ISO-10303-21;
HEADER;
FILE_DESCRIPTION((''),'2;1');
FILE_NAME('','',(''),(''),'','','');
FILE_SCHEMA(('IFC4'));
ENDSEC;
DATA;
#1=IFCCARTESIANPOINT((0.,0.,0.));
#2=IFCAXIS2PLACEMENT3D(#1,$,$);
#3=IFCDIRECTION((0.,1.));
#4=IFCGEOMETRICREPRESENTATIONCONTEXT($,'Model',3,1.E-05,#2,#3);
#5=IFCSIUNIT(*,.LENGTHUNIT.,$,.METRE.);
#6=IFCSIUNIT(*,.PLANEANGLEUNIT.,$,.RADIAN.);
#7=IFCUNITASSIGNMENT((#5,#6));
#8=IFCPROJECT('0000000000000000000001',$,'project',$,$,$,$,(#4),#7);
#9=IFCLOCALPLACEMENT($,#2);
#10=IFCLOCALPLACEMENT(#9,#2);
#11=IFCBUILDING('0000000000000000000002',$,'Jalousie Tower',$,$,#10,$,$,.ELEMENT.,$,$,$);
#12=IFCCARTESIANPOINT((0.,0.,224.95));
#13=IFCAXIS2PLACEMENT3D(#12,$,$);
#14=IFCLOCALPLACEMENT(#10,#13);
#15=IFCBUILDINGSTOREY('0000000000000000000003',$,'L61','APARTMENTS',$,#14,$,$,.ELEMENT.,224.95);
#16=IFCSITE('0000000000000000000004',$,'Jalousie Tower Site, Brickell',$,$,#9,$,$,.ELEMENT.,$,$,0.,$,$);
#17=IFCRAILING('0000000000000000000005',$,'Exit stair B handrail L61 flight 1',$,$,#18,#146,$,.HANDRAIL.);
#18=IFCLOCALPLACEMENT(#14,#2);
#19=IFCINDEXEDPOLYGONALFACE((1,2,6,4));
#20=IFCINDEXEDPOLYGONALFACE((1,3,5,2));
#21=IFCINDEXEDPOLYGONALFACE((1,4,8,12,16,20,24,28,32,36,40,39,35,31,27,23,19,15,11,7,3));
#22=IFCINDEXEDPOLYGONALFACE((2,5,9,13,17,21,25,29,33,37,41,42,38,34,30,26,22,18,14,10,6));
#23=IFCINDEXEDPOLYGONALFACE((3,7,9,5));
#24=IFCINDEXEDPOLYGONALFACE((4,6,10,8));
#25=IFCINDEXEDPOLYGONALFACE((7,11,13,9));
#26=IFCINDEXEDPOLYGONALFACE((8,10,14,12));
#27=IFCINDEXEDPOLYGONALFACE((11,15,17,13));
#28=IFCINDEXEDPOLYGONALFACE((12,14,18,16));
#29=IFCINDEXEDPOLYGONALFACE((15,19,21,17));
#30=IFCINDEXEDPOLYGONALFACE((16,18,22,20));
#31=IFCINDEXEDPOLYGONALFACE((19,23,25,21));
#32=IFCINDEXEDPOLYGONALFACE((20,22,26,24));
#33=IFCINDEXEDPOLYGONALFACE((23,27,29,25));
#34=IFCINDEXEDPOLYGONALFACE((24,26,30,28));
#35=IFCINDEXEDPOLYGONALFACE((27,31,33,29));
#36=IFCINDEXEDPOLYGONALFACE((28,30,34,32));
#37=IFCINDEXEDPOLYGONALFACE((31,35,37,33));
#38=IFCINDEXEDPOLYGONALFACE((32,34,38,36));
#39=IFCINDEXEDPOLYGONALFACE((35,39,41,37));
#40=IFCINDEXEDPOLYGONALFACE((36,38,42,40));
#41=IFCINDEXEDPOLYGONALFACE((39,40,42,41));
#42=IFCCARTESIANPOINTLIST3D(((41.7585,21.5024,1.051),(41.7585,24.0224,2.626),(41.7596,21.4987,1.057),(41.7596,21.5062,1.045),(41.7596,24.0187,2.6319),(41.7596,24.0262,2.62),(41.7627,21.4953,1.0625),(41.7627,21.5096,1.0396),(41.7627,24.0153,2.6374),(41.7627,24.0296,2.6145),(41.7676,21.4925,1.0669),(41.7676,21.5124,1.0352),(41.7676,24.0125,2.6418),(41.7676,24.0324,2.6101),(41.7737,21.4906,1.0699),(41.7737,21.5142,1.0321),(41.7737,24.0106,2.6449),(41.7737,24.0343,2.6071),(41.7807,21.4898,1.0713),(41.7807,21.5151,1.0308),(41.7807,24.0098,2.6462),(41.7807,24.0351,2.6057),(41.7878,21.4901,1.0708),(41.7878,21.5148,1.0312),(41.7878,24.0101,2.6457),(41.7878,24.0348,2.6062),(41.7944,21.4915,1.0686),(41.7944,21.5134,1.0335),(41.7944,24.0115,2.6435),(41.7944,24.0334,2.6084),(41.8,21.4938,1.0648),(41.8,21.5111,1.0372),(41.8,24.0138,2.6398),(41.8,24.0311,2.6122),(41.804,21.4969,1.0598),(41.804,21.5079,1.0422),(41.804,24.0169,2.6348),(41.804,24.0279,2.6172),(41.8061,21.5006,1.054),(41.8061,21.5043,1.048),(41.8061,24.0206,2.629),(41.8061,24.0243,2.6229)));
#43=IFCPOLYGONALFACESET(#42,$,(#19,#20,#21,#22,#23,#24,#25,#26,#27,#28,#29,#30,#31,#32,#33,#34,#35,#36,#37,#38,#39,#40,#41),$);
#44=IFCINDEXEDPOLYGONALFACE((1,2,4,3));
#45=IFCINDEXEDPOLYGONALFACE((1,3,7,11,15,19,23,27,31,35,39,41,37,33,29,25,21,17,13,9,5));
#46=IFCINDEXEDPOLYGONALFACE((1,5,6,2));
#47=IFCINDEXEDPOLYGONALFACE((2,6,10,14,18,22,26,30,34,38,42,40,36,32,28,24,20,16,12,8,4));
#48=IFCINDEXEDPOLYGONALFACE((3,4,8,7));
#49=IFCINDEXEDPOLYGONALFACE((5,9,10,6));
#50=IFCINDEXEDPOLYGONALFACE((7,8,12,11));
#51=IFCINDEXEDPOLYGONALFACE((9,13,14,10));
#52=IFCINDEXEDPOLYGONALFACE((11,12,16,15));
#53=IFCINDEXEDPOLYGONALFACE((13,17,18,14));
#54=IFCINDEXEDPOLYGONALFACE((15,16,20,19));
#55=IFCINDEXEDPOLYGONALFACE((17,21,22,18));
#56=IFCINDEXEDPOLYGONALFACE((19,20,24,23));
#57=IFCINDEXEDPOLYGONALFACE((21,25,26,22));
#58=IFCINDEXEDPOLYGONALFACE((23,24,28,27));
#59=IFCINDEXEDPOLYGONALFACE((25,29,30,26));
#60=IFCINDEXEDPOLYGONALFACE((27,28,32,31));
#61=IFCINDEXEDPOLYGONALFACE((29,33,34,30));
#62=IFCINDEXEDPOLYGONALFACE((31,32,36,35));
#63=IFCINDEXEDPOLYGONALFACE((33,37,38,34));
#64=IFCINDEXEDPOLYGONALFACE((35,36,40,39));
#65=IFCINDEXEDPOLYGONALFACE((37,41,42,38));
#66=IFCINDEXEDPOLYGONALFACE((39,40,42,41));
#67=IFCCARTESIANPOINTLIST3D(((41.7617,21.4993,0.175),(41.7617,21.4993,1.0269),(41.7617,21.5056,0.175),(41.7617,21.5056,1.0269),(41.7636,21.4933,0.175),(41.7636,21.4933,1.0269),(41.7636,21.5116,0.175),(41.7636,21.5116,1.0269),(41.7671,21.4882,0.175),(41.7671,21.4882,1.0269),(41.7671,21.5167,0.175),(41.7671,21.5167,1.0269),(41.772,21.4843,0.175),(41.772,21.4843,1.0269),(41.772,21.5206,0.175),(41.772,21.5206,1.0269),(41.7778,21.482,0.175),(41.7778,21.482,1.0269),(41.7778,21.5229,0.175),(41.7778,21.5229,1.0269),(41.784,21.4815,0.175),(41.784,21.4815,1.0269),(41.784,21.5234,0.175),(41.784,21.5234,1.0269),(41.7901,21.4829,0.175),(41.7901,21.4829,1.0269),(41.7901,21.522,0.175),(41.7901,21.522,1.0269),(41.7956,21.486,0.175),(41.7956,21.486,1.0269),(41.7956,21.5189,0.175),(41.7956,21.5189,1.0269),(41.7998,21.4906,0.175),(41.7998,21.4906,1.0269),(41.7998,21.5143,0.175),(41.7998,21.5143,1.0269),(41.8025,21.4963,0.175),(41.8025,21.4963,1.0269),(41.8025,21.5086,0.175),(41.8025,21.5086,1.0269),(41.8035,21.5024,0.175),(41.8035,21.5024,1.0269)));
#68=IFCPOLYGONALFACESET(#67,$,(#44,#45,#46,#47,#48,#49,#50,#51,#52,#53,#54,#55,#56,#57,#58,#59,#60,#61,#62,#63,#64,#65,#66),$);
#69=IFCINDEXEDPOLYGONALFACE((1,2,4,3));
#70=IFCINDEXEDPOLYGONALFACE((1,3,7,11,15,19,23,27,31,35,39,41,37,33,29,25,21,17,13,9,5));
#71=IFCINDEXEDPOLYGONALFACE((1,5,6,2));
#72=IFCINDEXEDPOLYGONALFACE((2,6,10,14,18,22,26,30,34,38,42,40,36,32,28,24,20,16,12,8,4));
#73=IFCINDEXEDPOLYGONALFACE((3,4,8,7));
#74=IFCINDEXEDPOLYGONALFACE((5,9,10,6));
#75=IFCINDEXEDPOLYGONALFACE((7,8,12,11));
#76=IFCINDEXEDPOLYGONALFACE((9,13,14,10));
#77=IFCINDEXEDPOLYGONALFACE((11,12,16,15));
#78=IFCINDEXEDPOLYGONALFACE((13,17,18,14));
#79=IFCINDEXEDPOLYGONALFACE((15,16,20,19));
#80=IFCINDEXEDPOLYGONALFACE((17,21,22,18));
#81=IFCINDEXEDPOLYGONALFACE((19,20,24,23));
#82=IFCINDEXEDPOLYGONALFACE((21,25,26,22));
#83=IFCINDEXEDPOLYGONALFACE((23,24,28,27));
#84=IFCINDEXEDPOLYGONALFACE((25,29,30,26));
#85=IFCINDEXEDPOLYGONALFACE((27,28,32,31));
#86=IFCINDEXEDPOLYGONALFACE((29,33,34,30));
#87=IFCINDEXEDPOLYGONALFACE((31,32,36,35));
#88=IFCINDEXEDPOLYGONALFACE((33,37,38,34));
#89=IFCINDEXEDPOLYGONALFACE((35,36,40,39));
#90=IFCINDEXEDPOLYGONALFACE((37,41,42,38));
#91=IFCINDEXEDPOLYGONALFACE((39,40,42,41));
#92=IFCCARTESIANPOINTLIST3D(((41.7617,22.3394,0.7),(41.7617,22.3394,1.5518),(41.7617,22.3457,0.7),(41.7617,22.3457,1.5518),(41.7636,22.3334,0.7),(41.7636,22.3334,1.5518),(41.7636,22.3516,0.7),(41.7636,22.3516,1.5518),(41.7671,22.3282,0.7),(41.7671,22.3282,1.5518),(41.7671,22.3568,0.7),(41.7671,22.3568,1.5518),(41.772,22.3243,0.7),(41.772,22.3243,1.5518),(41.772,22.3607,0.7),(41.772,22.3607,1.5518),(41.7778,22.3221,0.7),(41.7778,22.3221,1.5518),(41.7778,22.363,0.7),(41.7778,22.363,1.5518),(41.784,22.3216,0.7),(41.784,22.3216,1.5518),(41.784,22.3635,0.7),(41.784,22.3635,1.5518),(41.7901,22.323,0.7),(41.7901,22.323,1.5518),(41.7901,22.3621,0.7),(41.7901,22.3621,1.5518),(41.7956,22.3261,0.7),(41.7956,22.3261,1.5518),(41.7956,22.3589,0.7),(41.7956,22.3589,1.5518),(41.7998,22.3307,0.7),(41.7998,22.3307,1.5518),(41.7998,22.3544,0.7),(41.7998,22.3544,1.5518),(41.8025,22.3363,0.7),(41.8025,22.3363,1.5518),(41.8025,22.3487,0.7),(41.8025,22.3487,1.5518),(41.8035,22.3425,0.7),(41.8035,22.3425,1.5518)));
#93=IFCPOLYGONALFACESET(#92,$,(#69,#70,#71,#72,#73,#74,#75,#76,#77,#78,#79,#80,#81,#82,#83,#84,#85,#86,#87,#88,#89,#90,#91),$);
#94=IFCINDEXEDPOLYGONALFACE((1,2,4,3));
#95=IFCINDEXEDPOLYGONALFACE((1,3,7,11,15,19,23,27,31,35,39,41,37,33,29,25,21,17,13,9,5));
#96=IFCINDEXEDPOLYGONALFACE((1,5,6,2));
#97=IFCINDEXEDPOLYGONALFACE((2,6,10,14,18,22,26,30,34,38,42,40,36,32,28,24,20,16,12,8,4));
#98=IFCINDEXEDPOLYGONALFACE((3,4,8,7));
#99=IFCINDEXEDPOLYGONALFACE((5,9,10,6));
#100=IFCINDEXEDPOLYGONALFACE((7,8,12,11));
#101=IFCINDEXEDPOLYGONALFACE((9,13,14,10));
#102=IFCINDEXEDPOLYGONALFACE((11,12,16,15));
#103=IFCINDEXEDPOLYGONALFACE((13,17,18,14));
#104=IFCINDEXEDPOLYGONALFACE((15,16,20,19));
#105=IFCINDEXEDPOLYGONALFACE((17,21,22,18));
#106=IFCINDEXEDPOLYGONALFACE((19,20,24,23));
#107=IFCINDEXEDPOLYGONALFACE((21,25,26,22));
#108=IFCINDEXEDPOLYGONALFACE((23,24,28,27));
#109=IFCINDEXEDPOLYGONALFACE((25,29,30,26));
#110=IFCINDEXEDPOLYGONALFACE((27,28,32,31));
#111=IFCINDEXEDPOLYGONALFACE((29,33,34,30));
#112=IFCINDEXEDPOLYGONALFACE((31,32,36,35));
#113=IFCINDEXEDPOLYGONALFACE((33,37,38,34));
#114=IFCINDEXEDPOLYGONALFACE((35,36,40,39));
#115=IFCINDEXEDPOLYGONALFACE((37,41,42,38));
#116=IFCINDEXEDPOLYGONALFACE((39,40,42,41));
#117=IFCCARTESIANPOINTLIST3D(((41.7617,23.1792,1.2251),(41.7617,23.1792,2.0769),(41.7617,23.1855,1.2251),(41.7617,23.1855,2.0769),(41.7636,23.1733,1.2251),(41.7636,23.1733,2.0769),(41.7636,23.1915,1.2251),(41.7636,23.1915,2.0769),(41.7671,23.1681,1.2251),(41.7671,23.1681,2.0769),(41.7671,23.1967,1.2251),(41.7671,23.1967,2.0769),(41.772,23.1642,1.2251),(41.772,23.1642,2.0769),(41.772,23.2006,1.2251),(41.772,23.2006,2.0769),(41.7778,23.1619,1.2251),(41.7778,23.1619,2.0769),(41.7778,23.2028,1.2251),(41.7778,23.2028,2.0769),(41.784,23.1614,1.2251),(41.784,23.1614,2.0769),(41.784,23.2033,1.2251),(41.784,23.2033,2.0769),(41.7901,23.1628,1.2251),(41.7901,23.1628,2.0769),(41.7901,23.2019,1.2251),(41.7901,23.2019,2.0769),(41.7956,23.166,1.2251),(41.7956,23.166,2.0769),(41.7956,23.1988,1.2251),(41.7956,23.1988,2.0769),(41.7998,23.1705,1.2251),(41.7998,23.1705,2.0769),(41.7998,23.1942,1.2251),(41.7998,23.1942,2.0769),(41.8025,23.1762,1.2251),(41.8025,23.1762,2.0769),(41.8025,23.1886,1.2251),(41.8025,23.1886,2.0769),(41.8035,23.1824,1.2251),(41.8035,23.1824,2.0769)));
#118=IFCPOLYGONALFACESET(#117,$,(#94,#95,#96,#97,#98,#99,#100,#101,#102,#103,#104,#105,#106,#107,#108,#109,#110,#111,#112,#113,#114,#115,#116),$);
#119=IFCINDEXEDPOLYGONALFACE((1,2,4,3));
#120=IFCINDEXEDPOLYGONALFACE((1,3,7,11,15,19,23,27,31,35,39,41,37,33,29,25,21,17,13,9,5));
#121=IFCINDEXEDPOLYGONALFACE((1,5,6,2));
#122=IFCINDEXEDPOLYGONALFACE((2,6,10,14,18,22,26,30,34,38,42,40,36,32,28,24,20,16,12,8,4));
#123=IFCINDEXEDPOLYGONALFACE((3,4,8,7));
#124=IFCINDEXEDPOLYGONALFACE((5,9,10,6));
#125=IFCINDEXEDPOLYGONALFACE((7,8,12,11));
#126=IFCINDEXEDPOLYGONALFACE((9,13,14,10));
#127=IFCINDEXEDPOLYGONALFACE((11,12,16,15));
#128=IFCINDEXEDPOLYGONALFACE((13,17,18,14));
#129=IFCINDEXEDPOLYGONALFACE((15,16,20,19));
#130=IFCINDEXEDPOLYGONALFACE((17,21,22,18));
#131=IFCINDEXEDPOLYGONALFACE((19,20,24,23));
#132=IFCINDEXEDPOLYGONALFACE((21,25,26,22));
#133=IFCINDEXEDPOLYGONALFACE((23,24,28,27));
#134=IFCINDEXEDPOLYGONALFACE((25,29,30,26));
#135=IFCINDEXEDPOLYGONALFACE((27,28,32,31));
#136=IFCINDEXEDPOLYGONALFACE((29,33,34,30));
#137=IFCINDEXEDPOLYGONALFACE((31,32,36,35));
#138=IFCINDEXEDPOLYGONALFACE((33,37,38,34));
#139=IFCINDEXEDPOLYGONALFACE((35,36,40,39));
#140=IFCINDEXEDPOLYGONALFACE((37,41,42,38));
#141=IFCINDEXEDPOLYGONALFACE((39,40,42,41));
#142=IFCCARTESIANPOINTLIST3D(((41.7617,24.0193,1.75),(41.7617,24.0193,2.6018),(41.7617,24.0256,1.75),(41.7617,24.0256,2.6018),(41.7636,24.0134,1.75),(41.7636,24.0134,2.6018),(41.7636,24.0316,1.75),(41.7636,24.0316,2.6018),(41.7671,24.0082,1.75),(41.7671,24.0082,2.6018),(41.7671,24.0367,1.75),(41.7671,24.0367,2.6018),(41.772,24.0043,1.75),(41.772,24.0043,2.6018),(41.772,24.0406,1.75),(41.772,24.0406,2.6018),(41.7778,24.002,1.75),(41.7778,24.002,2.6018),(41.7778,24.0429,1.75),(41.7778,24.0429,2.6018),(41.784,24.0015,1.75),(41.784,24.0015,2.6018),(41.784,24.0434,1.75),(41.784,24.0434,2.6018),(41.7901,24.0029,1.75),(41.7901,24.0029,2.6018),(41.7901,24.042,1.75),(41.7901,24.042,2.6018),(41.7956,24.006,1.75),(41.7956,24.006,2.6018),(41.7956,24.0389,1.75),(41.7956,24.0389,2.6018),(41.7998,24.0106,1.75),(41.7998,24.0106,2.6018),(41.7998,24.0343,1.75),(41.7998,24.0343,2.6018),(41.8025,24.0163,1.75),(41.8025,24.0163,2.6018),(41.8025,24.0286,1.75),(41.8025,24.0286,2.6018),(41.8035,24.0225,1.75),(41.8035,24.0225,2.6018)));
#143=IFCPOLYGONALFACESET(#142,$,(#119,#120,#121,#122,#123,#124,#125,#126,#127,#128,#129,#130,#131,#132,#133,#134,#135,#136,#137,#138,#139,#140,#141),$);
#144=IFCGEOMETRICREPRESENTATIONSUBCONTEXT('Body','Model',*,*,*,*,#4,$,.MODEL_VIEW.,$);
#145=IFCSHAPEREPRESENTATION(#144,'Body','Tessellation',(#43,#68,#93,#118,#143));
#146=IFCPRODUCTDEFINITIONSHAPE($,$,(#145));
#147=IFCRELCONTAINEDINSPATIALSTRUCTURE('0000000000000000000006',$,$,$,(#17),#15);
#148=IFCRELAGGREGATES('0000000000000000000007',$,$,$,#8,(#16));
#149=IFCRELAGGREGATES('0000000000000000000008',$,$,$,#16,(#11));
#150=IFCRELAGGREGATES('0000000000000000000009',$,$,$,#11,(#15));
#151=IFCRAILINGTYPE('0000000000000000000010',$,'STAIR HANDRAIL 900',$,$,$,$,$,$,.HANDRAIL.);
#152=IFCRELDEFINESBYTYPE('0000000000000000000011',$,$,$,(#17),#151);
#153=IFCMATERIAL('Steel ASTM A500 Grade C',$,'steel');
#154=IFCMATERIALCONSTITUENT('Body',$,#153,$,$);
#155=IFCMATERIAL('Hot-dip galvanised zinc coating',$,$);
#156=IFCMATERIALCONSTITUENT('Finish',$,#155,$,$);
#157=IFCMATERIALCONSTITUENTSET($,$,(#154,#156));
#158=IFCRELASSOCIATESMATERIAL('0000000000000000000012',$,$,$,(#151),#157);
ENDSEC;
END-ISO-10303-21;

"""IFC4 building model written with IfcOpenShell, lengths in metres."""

from ifc_helpers import new_model, si_unit, direction, frame, origin, origin_2d, place, context, subcontext, project, spatial, circle, extrude, material, constituent, constituent_set, type_object, element, save


model = new_model("IFC4")

# Units and contexts
model_context = context("Model", 3, precision=1e-05, world=origin(), true_north=direction((0.0, 1.0)))
body_context = subcontext(model_context, "Body", "Model", "MODEL_VIEW")
ifc_project = project(units=[si_unit("LENGTHUNIT", "METRE"), si_unit("PLANEANGLEUNIT", "RADIAN")], contexts=[model_context])

# Site, building, storey
site_placement = place(None, origin())
site = spatial("IfcSite", under=ifc_project, at=site_placement, Name="Jalousie Tower Site, Brickell", CompositionType="ELEMENT", RefElevation=0.0)
building_placement = place(site_placement, origin())
building = spatial("IfcBuilding", under=site, at=building_placement, Name="Jalousie Tower", CompositionType="ELEMENT")
storey_placement = place(building_placement, frame((0.0, 0.0, 224.95)))
storey = spatial("IfcBuildingStorey", under=building, at=storey_placement, Name="L61", Description="APARTMENTS", CompositionType="ELEMENT", Elevation=224.95)

# Railing
ifc_material_1 = material(Name="Steel ASTM A500 Grade C", Category="steel")
ifc_constituent_1 = constituent(ifc_material_1, Name="Body")
ifc_material_2 = material(Name="Hot-dip galvanised zinc coating")
ifc_constituent_2 = constituent(ifc_material_2, Name="Finish")
ifc_constituent_set_1 = constituent_set(constituents=[ifc_constituent_1, ifc_constituent_2])
railing_type_1 = type_object("IfcRailingType", Name="STAIR HANDRAIL 900", PredefinedType="HANDRAIL", material=ifc_constituent_set_1)
railing_1_placement = place(storey_placement, frame((41.7825, 21.5024, 0.175)))
element("IfcRailing", 1, at=railing_1_placement, inside=storey, type_object=railing_type_1, Name="Exit stair B handrail L61 flight 1", PredefinedType="HANDRAIL", context=body_context, shape_type="SweptSolid", body=[
    extrude(circle(Radius=0.0239, at=origin_2d()), frame((0.0, 0.0, 0.876), z_axis=(0.0, 0.848008, 0.529984), x_axis=(-1.0, 0.0, 0.0)), (0.0, 0.0, 1.0), 2.9717),
    extrude(circle(Radius=0.021, at=origin_2d()), origin(), (0.0, 0.0, 1.0), 0.8518),
    extrude(circle(Radius=0.021, at=origin_2d()), frame((0.0, 0.8401, 0.5249)), (0.0, 0.0, 1.0), 0.8518),
    extrude(circle(Radius=0.021, at=origin_2d()), frame((0.0, 1.6799, 1.05)), (0.0, 0.0, 1.0), 0.8518),
    extrude(circle(Radius=0.021, at=origin_2d()), frame((0.0, 2.52, 1.575)), (0.0, 0.0, 1.0), 0.8518),
])

save(model, "model.ifc")
